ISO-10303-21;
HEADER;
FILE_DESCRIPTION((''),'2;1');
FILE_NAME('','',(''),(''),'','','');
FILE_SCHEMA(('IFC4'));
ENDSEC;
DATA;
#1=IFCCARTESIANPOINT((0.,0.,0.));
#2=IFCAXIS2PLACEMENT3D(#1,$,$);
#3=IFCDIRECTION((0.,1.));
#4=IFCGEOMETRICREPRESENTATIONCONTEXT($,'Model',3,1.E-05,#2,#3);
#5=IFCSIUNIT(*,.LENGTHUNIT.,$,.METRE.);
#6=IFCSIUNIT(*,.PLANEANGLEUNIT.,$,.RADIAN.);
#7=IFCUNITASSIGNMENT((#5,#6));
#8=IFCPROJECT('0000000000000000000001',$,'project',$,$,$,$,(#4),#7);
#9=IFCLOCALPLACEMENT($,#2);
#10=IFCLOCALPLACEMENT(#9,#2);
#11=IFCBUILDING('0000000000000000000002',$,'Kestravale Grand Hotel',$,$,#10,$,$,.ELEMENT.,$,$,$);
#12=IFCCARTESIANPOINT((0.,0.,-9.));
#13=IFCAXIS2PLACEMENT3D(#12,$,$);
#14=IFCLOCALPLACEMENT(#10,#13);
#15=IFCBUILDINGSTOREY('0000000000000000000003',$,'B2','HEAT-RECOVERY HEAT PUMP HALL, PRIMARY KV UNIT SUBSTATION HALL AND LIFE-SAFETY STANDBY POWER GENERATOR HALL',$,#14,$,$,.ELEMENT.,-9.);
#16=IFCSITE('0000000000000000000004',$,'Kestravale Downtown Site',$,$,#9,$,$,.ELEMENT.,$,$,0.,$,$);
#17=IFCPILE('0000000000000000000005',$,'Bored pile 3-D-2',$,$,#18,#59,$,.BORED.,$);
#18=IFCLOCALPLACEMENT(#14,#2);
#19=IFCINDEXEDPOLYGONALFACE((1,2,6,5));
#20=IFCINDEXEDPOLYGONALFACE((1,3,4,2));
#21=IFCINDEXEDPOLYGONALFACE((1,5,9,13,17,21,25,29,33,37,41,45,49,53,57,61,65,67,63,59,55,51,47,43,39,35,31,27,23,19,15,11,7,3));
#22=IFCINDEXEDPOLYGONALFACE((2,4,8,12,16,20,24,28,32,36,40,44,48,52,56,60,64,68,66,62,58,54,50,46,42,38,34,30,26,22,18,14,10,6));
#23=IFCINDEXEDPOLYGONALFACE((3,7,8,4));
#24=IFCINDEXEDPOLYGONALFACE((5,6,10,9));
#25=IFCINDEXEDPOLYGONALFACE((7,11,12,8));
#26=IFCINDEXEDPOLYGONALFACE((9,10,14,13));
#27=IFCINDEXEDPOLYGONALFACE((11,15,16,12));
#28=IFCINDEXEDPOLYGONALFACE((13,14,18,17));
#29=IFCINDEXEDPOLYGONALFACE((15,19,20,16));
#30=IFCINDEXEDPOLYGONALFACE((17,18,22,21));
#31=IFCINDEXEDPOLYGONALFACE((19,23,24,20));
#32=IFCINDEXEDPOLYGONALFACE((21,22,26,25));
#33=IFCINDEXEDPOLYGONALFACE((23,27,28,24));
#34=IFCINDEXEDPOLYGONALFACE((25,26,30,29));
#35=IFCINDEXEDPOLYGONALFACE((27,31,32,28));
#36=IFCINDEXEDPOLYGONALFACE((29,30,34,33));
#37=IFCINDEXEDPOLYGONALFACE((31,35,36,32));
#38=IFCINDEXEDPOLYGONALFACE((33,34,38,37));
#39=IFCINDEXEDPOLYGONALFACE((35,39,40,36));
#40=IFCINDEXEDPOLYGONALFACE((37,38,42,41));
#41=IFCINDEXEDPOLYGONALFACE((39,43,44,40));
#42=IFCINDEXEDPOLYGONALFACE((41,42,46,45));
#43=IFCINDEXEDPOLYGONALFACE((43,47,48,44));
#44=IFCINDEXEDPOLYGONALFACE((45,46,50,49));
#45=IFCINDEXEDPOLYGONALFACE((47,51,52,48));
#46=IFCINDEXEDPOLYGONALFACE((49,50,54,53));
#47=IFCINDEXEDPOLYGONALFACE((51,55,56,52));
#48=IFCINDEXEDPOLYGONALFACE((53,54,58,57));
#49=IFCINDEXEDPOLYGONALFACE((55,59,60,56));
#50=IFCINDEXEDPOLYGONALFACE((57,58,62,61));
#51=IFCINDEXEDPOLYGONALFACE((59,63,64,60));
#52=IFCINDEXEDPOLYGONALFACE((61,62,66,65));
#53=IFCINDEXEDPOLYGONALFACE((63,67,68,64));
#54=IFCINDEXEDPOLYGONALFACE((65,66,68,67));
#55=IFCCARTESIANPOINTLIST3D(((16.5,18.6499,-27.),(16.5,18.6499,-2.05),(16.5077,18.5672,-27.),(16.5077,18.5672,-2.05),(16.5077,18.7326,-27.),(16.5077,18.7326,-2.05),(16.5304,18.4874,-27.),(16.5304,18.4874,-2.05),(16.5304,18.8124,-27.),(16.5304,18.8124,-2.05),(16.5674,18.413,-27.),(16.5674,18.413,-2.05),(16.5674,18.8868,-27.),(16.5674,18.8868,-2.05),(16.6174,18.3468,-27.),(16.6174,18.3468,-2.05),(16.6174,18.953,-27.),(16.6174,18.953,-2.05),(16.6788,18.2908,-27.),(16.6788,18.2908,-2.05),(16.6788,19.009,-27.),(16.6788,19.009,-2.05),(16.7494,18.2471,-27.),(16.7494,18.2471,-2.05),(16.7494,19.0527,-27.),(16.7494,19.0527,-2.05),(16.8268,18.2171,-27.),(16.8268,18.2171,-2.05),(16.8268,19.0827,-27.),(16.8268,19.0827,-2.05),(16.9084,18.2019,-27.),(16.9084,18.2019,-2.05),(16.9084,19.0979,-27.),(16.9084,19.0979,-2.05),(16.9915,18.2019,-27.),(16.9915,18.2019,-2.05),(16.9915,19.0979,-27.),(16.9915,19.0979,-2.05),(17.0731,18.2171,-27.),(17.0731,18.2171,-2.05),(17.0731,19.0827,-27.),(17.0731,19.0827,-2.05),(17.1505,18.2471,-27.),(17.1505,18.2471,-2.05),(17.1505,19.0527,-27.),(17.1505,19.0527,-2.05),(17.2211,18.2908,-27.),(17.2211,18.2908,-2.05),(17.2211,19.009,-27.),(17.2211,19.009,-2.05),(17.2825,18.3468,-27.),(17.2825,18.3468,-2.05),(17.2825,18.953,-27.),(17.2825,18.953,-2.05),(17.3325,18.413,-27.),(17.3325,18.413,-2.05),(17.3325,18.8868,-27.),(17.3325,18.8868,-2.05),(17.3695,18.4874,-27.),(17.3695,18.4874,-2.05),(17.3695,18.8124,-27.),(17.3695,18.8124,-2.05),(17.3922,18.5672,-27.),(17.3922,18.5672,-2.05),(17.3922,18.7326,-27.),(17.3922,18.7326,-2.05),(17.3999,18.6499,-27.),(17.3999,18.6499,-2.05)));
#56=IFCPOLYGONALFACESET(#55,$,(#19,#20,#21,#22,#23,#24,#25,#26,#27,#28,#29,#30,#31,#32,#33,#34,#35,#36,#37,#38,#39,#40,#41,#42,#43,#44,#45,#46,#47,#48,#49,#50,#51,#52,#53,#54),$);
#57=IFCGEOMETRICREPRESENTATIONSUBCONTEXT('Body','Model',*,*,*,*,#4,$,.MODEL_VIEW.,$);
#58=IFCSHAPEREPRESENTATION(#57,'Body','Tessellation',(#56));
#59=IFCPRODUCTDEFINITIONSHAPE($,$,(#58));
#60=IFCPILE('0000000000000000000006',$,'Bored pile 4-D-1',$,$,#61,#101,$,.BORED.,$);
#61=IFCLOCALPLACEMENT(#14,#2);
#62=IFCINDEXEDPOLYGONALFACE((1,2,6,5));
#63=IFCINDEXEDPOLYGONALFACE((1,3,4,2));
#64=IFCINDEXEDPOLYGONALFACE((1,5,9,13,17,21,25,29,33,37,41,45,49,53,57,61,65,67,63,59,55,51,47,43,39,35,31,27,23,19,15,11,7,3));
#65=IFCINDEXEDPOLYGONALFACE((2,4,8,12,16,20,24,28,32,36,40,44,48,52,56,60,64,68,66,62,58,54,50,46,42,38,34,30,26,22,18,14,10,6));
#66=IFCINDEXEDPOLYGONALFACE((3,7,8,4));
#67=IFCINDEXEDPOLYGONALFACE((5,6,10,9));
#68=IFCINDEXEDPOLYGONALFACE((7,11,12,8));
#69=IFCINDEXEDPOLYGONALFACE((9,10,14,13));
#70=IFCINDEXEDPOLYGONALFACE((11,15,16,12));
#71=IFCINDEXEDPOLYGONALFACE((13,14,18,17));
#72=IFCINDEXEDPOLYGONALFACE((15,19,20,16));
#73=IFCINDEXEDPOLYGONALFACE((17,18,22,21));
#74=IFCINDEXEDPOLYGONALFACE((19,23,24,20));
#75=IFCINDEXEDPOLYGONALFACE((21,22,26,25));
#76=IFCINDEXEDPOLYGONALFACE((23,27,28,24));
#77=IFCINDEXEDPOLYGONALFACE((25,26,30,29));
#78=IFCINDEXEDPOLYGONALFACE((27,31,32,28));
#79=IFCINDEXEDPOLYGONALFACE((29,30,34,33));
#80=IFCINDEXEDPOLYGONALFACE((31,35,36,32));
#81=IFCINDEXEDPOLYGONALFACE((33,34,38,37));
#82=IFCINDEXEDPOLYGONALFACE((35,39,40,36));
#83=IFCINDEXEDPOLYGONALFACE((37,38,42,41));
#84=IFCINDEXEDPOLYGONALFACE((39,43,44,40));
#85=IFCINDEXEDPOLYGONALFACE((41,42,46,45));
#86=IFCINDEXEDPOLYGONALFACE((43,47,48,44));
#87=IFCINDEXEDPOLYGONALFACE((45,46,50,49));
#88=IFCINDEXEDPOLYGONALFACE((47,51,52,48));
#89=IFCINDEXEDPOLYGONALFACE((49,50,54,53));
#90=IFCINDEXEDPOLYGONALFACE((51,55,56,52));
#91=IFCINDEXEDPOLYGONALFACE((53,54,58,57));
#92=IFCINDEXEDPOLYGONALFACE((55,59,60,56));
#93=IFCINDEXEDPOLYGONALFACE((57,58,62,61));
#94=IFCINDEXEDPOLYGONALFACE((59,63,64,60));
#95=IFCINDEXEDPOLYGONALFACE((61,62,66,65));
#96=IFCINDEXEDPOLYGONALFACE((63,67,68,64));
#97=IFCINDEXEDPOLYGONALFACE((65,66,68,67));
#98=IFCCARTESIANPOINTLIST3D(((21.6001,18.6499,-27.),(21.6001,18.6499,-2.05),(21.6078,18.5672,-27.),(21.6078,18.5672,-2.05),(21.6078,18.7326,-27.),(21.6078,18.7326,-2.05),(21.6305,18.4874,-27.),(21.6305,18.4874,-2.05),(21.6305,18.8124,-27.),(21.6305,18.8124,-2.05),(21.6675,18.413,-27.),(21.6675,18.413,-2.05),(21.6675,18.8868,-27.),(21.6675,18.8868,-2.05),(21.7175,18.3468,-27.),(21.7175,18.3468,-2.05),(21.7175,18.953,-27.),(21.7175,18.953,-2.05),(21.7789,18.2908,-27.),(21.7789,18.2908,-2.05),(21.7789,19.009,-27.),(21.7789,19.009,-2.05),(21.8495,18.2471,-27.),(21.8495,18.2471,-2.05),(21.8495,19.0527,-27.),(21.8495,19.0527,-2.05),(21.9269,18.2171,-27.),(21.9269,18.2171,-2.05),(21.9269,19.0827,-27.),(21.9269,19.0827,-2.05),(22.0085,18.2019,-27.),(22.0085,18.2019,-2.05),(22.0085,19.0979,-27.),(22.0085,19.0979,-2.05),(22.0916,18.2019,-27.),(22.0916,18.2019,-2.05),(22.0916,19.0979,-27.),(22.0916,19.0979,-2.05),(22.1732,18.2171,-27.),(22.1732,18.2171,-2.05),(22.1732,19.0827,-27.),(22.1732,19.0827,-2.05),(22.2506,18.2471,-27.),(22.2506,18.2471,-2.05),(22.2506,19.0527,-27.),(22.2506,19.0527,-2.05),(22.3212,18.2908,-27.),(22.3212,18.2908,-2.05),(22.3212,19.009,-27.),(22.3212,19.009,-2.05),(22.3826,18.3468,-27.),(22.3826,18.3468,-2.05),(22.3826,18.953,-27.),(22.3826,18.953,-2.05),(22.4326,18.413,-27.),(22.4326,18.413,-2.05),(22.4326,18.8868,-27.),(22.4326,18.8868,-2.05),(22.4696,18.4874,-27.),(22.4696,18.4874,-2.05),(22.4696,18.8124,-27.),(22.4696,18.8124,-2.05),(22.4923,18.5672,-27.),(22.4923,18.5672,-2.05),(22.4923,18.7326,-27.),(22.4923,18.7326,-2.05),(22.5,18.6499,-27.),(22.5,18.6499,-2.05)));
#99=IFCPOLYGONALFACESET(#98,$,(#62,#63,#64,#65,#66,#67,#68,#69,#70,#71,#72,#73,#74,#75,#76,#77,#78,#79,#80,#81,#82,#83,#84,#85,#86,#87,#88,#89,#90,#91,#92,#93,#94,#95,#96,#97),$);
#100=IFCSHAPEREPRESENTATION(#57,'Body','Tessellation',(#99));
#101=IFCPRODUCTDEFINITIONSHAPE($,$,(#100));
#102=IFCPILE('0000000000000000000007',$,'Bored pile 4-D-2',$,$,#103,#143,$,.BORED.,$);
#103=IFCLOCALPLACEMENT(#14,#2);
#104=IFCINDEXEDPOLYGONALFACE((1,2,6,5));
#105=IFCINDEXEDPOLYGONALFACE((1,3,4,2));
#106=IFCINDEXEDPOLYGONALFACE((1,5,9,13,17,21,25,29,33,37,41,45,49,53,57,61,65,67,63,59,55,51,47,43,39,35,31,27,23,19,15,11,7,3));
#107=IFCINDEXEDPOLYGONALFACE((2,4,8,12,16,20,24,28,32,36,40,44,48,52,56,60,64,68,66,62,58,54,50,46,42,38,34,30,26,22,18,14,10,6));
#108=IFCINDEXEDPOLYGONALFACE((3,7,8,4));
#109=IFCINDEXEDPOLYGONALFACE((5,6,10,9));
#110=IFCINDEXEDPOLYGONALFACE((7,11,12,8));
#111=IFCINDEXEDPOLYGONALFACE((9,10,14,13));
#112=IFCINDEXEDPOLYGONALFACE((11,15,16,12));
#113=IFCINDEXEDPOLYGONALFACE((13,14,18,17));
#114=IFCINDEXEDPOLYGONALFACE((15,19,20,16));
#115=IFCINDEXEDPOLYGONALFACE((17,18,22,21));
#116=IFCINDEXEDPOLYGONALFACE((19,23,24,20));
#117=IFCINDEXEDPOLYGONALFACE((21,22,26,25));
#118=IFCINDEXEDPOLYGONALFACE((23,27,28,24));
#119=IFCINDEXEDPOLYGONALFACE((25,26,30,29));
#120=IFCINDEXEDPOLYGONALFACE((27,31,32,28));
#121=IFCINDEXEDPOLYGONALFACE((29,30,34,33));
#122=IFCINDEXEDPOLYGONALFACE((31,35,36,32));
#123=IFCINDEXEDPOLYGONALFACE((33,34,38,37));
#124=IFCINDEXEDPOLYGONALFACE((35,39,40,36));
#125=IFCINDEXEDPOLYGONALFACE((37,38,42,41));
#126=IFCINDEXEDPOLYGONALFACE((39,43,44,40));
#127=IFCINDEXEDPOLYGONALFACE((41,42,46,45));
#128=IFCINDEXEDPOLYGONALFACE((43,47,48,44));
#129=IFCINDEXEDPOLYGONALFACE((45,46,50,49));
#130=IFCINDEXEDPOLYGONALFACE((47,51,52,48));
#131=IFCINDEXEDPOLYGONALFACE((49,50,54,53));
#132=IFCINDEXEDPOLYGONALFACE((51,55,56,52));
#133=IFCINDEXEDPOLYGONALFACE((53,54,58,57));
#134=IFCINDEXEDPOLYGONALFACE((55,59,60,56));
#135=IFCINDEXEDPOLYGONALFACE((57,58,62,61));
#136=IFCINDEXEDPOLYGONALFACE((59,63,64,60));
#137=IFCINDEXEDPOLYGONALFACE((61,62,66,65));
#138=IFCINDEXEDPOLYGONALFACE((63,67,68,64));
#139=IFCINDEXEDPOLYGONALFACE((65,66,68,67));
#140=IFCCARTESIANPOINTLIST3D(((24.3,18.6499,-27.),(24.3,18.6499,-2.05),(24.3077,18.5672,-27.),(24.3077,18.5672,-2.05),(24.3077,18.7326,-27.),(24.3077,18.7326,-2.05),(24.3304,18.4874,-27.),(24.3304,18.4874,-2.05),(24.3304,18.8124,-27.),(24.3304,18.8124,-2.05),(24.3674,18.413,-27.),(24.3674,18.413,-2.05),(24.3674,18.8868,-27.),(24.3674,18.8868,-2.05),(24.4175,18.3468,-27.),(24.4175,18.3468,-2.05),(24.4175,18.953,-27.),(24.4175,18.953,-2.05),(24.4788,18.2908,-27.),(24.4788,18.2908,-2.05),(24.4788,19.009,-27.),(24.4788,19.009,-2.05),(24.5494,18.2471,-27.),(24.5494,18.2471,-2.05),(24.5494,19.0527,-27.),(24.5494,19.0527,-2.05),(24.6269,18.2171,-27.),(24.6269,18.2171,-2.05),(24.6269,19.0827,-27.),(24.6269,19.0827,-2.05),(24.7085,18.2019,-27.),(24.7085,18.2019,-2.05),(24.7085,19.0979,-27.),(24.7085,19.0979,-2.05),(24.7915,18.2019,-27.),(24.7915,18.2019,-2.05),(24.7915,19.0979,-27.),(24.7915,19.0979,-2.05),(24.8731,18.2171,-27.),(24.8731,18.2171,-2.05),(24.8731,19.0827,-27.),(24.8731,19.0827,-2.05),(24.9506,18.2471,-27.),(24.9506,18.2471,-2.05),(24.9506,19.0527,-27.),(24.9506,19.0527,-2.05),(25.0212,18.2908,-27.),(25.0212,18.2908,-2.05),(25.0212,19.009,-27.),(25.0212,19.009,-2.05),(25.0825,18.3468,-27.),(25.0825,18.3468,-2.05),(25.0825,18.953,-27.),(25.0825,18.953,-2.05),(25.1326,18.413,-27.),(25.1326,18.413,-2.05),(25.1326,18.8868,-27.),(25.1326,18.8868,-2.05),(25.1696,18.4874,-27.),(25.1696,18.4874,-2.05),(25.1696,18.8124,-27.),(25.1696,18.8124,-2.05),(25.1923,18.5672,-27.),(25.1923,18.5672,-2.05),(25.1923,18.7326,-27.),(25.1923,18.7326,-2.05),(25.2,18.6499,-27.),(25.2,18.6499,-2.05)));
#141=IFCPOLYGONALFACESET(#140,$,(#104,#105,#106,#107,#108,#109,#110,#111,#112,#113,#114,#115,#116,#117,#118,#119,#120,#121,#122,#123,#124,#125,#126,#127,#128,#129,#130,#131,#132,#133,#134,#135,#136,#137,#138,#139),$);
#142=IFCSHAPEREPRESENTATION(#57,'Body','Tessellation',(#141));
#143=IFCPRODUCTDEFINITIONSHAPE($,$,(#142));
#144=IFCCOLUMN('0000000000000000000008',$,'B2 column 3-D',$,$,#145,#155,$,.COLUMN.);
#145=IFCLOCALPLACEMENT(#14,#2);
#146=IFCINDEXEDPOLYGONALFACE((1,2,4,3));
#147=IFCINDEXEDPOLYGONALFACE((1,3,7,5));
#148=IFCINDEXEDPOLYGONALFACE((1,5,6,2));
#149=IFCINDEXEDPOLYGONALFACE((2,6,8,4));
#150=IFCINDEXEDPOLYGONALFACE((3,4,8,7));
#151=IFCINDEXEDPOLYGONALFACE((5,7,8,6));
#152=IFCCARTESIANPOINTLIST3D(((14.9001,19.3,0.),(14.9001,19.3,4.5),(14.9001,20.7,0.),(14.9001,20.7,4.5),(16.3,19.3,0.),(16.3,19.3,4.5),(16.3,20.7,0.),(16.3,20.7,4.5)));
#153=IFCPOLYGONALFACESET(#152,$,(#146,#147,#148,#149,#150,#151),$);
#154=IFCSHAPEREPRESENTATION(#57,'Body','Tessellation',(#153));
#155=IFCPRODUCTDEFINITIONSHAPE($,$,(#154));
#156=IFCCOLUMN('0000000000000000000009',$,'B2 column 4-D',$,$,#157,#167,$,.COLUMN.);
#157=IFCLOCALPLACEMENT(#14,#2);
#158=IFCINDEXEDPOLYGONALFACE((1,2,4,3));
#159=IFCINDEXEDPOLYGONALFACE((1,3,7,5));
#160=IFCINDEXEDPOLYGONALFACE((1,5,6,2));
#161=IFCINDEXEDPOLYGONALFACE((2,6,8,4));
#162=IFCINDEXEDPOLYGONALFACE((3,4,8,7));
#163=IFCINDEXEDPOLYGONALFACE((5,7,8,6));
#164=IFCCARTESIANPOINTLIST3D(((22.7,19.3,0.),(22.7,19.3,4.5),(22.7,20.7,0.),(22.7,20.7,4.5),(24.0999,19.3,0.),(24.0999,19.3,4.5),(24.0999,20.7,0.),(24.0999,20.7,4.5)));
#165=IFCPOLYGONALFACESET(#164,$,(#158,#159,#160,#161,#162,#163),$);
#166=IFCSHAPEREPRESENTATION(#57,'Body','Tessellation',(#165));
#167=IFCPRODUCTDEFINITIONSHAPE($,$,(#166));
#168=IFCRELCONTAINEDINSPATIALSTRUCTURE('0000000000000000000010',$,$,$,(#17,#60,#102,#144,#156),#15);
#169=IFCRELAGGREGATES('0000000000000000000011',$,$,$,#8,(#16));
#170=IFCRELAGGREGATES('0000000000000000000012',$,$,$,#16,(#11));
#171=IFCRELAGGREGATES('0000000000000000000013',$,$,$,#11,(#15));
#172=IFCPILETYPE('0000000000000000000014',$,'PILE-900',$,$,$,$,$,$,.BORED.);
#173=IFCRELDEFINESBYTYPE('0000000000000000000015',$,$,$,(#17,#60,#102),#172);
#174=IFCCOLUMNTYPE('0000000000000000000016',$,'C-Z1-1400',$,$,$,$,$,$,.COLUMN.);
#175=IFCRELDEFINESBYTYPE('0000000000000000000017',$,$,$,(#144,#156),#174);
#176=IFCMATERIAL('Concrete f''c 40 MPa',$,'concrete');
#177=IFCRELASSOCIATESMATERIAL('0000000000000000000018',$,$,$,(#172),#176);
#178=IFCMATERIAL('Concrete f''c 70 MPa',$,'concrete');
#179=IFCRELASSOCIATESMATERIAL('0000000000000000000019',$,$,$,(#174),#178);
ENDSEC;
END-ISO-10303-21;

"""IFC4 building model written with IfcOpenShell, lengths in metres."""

from ifc_helpers import new_model, si_unit, direction, frame, origin, origin_2d, place, context, subcontext, project, spatial, rectangle, circle, extrude, material, material_profile, profile_set, type_object, element, save


model = new_model("IFC4")

# Units and contexts
model_context = context("Model", 3, precision=1e-05, world=origin(), true_north=direction((0.0, 1.0)))
body_context = subcontext(model_context, "Body", "Model", "MODEL_VIEW")
ifc_project = project(units=[si_unit("LENGTHUNIT", "METRE"), si_unit("PLANEANGLEUNIT", "RADIAN")], contexts=[model_context])

# Site, building, storey
site_placement = place(None, origin())
site = spatial("IfcSite", under=ifc_project, at=site_placement, Name="Kestravale Downtown Site", CompositionType="ELEMENT", RefElevation=0.0)
building_placement = place(site_placement, origin())
building = spatial("IfcBuilding", under=site, at=building_placement, Name="Kestravale Grand Hotel", CompositionType="ELEMENT")
storey_placement = place(building_placement, frame((0.0, 0.0, -9.0)))
storey = spatial("IfcBuildingStorey", under=building, at=storey_placement, Name="B2", Description="HEAT-RECOVERY HEAT PUMP HALL, PRIMARY KV UNIT SUBSTATION HALL AND LIFE-SAFETY STANDBY POWER GENERATOR HALL", CompositionType="ELEMENT", Elevation=-9.0)

# Piles
ifc_material_1 = material(Name="Concrete f'c 40 MPa", Category="concrete")
ifc_material_profile_1 = material_profile(ifc_material_1, circle(Radius=0.45, at=origin_2d()))
ifc_profile_set_1 = profile_set([ifc_material_profile_1], Name="Concrete f'c 40 MPa")
pile_type_1 = type_object("IfcPileType", Name="PILE-900", PredefinedType="BORED", material=ifc_profile_set_1)
for number, where, z_axis, x_axis, name in (
    (1, (16.95, 18.6499, -2.05), (0.0, 0.0, -1.0), (1.0, 0.0, 0.0), "Bored pile 3-D-2"),
    (2, (22.05, 18.6499, -2.05), (0.0, 0.0, -1.0), (1.0, 0.0, 0.0), "Bored pile 4-D-1"),
    (3, (24.75, 18.6499, -2.05), (0.0, 0.0, -1.0), (1.0, 0.0, 0.0), "Bored pile 4-D-2"),
):
    element("IfcPile", number, at=place(storey_placement, frame(where, z_axis=z_axis, x_axis=x_axis)), inside=storey, type_object=pile_type_1, Name=name, PredefinedType="BORED", context=body_context, shape_type="SweptSolid", body=[
        extrude(circle(Radius=0.45, at=origin_2d()), origin(), (0.0, 0.0, 1.0), 24.95),
    ])

# Columns
ifc_material_2 = material(Name="Concrete f'c 70 MPa", Category="concrete")
ifc_material_profile_2 = material_profile(ifc_material_2, rectangle(XDim=1.3999, YDim=1.3999, at=origin_2d()))
ifc_profile_set_2 = profile_set([ifc_material_profile_2], Name="Concrete f'c 70 MPa")
column_type = type_object("IfcColumnType", Name="C-Z1-1400", PredefinedType="COLUMN", material=ifc_profile_set_2)
for number, where, z_axis, x_axis, name in (
    (4, (15.6001, 20.0, 0.0), (0.0, 0.0, 1.0), (1.0, 0.0, 0.0), "B2 column 3-D"),
    (5, (23.3999, 20.0, 0.0), (0.0, 0.0, 1.0), (1.0, 0.0, 0.0), "B2 column 4-D"),
):
    element("IfcColumn", number, at=place(storey_placement, frame(where, z_axis=z_axis, x_axis=x_axis)), inside=storey, type_object=column_type, Name=name, PredefinedType="COLUMN", context=body_context, shape_type="SweptSolid", body=[
        extrude(rectangle(XDim=1.3999, YDim=1.3999, at=origin_2d()), origin(), (0.0, 0.0, 1.0), 4.5),
    ])

save(model, "model.ifc")
